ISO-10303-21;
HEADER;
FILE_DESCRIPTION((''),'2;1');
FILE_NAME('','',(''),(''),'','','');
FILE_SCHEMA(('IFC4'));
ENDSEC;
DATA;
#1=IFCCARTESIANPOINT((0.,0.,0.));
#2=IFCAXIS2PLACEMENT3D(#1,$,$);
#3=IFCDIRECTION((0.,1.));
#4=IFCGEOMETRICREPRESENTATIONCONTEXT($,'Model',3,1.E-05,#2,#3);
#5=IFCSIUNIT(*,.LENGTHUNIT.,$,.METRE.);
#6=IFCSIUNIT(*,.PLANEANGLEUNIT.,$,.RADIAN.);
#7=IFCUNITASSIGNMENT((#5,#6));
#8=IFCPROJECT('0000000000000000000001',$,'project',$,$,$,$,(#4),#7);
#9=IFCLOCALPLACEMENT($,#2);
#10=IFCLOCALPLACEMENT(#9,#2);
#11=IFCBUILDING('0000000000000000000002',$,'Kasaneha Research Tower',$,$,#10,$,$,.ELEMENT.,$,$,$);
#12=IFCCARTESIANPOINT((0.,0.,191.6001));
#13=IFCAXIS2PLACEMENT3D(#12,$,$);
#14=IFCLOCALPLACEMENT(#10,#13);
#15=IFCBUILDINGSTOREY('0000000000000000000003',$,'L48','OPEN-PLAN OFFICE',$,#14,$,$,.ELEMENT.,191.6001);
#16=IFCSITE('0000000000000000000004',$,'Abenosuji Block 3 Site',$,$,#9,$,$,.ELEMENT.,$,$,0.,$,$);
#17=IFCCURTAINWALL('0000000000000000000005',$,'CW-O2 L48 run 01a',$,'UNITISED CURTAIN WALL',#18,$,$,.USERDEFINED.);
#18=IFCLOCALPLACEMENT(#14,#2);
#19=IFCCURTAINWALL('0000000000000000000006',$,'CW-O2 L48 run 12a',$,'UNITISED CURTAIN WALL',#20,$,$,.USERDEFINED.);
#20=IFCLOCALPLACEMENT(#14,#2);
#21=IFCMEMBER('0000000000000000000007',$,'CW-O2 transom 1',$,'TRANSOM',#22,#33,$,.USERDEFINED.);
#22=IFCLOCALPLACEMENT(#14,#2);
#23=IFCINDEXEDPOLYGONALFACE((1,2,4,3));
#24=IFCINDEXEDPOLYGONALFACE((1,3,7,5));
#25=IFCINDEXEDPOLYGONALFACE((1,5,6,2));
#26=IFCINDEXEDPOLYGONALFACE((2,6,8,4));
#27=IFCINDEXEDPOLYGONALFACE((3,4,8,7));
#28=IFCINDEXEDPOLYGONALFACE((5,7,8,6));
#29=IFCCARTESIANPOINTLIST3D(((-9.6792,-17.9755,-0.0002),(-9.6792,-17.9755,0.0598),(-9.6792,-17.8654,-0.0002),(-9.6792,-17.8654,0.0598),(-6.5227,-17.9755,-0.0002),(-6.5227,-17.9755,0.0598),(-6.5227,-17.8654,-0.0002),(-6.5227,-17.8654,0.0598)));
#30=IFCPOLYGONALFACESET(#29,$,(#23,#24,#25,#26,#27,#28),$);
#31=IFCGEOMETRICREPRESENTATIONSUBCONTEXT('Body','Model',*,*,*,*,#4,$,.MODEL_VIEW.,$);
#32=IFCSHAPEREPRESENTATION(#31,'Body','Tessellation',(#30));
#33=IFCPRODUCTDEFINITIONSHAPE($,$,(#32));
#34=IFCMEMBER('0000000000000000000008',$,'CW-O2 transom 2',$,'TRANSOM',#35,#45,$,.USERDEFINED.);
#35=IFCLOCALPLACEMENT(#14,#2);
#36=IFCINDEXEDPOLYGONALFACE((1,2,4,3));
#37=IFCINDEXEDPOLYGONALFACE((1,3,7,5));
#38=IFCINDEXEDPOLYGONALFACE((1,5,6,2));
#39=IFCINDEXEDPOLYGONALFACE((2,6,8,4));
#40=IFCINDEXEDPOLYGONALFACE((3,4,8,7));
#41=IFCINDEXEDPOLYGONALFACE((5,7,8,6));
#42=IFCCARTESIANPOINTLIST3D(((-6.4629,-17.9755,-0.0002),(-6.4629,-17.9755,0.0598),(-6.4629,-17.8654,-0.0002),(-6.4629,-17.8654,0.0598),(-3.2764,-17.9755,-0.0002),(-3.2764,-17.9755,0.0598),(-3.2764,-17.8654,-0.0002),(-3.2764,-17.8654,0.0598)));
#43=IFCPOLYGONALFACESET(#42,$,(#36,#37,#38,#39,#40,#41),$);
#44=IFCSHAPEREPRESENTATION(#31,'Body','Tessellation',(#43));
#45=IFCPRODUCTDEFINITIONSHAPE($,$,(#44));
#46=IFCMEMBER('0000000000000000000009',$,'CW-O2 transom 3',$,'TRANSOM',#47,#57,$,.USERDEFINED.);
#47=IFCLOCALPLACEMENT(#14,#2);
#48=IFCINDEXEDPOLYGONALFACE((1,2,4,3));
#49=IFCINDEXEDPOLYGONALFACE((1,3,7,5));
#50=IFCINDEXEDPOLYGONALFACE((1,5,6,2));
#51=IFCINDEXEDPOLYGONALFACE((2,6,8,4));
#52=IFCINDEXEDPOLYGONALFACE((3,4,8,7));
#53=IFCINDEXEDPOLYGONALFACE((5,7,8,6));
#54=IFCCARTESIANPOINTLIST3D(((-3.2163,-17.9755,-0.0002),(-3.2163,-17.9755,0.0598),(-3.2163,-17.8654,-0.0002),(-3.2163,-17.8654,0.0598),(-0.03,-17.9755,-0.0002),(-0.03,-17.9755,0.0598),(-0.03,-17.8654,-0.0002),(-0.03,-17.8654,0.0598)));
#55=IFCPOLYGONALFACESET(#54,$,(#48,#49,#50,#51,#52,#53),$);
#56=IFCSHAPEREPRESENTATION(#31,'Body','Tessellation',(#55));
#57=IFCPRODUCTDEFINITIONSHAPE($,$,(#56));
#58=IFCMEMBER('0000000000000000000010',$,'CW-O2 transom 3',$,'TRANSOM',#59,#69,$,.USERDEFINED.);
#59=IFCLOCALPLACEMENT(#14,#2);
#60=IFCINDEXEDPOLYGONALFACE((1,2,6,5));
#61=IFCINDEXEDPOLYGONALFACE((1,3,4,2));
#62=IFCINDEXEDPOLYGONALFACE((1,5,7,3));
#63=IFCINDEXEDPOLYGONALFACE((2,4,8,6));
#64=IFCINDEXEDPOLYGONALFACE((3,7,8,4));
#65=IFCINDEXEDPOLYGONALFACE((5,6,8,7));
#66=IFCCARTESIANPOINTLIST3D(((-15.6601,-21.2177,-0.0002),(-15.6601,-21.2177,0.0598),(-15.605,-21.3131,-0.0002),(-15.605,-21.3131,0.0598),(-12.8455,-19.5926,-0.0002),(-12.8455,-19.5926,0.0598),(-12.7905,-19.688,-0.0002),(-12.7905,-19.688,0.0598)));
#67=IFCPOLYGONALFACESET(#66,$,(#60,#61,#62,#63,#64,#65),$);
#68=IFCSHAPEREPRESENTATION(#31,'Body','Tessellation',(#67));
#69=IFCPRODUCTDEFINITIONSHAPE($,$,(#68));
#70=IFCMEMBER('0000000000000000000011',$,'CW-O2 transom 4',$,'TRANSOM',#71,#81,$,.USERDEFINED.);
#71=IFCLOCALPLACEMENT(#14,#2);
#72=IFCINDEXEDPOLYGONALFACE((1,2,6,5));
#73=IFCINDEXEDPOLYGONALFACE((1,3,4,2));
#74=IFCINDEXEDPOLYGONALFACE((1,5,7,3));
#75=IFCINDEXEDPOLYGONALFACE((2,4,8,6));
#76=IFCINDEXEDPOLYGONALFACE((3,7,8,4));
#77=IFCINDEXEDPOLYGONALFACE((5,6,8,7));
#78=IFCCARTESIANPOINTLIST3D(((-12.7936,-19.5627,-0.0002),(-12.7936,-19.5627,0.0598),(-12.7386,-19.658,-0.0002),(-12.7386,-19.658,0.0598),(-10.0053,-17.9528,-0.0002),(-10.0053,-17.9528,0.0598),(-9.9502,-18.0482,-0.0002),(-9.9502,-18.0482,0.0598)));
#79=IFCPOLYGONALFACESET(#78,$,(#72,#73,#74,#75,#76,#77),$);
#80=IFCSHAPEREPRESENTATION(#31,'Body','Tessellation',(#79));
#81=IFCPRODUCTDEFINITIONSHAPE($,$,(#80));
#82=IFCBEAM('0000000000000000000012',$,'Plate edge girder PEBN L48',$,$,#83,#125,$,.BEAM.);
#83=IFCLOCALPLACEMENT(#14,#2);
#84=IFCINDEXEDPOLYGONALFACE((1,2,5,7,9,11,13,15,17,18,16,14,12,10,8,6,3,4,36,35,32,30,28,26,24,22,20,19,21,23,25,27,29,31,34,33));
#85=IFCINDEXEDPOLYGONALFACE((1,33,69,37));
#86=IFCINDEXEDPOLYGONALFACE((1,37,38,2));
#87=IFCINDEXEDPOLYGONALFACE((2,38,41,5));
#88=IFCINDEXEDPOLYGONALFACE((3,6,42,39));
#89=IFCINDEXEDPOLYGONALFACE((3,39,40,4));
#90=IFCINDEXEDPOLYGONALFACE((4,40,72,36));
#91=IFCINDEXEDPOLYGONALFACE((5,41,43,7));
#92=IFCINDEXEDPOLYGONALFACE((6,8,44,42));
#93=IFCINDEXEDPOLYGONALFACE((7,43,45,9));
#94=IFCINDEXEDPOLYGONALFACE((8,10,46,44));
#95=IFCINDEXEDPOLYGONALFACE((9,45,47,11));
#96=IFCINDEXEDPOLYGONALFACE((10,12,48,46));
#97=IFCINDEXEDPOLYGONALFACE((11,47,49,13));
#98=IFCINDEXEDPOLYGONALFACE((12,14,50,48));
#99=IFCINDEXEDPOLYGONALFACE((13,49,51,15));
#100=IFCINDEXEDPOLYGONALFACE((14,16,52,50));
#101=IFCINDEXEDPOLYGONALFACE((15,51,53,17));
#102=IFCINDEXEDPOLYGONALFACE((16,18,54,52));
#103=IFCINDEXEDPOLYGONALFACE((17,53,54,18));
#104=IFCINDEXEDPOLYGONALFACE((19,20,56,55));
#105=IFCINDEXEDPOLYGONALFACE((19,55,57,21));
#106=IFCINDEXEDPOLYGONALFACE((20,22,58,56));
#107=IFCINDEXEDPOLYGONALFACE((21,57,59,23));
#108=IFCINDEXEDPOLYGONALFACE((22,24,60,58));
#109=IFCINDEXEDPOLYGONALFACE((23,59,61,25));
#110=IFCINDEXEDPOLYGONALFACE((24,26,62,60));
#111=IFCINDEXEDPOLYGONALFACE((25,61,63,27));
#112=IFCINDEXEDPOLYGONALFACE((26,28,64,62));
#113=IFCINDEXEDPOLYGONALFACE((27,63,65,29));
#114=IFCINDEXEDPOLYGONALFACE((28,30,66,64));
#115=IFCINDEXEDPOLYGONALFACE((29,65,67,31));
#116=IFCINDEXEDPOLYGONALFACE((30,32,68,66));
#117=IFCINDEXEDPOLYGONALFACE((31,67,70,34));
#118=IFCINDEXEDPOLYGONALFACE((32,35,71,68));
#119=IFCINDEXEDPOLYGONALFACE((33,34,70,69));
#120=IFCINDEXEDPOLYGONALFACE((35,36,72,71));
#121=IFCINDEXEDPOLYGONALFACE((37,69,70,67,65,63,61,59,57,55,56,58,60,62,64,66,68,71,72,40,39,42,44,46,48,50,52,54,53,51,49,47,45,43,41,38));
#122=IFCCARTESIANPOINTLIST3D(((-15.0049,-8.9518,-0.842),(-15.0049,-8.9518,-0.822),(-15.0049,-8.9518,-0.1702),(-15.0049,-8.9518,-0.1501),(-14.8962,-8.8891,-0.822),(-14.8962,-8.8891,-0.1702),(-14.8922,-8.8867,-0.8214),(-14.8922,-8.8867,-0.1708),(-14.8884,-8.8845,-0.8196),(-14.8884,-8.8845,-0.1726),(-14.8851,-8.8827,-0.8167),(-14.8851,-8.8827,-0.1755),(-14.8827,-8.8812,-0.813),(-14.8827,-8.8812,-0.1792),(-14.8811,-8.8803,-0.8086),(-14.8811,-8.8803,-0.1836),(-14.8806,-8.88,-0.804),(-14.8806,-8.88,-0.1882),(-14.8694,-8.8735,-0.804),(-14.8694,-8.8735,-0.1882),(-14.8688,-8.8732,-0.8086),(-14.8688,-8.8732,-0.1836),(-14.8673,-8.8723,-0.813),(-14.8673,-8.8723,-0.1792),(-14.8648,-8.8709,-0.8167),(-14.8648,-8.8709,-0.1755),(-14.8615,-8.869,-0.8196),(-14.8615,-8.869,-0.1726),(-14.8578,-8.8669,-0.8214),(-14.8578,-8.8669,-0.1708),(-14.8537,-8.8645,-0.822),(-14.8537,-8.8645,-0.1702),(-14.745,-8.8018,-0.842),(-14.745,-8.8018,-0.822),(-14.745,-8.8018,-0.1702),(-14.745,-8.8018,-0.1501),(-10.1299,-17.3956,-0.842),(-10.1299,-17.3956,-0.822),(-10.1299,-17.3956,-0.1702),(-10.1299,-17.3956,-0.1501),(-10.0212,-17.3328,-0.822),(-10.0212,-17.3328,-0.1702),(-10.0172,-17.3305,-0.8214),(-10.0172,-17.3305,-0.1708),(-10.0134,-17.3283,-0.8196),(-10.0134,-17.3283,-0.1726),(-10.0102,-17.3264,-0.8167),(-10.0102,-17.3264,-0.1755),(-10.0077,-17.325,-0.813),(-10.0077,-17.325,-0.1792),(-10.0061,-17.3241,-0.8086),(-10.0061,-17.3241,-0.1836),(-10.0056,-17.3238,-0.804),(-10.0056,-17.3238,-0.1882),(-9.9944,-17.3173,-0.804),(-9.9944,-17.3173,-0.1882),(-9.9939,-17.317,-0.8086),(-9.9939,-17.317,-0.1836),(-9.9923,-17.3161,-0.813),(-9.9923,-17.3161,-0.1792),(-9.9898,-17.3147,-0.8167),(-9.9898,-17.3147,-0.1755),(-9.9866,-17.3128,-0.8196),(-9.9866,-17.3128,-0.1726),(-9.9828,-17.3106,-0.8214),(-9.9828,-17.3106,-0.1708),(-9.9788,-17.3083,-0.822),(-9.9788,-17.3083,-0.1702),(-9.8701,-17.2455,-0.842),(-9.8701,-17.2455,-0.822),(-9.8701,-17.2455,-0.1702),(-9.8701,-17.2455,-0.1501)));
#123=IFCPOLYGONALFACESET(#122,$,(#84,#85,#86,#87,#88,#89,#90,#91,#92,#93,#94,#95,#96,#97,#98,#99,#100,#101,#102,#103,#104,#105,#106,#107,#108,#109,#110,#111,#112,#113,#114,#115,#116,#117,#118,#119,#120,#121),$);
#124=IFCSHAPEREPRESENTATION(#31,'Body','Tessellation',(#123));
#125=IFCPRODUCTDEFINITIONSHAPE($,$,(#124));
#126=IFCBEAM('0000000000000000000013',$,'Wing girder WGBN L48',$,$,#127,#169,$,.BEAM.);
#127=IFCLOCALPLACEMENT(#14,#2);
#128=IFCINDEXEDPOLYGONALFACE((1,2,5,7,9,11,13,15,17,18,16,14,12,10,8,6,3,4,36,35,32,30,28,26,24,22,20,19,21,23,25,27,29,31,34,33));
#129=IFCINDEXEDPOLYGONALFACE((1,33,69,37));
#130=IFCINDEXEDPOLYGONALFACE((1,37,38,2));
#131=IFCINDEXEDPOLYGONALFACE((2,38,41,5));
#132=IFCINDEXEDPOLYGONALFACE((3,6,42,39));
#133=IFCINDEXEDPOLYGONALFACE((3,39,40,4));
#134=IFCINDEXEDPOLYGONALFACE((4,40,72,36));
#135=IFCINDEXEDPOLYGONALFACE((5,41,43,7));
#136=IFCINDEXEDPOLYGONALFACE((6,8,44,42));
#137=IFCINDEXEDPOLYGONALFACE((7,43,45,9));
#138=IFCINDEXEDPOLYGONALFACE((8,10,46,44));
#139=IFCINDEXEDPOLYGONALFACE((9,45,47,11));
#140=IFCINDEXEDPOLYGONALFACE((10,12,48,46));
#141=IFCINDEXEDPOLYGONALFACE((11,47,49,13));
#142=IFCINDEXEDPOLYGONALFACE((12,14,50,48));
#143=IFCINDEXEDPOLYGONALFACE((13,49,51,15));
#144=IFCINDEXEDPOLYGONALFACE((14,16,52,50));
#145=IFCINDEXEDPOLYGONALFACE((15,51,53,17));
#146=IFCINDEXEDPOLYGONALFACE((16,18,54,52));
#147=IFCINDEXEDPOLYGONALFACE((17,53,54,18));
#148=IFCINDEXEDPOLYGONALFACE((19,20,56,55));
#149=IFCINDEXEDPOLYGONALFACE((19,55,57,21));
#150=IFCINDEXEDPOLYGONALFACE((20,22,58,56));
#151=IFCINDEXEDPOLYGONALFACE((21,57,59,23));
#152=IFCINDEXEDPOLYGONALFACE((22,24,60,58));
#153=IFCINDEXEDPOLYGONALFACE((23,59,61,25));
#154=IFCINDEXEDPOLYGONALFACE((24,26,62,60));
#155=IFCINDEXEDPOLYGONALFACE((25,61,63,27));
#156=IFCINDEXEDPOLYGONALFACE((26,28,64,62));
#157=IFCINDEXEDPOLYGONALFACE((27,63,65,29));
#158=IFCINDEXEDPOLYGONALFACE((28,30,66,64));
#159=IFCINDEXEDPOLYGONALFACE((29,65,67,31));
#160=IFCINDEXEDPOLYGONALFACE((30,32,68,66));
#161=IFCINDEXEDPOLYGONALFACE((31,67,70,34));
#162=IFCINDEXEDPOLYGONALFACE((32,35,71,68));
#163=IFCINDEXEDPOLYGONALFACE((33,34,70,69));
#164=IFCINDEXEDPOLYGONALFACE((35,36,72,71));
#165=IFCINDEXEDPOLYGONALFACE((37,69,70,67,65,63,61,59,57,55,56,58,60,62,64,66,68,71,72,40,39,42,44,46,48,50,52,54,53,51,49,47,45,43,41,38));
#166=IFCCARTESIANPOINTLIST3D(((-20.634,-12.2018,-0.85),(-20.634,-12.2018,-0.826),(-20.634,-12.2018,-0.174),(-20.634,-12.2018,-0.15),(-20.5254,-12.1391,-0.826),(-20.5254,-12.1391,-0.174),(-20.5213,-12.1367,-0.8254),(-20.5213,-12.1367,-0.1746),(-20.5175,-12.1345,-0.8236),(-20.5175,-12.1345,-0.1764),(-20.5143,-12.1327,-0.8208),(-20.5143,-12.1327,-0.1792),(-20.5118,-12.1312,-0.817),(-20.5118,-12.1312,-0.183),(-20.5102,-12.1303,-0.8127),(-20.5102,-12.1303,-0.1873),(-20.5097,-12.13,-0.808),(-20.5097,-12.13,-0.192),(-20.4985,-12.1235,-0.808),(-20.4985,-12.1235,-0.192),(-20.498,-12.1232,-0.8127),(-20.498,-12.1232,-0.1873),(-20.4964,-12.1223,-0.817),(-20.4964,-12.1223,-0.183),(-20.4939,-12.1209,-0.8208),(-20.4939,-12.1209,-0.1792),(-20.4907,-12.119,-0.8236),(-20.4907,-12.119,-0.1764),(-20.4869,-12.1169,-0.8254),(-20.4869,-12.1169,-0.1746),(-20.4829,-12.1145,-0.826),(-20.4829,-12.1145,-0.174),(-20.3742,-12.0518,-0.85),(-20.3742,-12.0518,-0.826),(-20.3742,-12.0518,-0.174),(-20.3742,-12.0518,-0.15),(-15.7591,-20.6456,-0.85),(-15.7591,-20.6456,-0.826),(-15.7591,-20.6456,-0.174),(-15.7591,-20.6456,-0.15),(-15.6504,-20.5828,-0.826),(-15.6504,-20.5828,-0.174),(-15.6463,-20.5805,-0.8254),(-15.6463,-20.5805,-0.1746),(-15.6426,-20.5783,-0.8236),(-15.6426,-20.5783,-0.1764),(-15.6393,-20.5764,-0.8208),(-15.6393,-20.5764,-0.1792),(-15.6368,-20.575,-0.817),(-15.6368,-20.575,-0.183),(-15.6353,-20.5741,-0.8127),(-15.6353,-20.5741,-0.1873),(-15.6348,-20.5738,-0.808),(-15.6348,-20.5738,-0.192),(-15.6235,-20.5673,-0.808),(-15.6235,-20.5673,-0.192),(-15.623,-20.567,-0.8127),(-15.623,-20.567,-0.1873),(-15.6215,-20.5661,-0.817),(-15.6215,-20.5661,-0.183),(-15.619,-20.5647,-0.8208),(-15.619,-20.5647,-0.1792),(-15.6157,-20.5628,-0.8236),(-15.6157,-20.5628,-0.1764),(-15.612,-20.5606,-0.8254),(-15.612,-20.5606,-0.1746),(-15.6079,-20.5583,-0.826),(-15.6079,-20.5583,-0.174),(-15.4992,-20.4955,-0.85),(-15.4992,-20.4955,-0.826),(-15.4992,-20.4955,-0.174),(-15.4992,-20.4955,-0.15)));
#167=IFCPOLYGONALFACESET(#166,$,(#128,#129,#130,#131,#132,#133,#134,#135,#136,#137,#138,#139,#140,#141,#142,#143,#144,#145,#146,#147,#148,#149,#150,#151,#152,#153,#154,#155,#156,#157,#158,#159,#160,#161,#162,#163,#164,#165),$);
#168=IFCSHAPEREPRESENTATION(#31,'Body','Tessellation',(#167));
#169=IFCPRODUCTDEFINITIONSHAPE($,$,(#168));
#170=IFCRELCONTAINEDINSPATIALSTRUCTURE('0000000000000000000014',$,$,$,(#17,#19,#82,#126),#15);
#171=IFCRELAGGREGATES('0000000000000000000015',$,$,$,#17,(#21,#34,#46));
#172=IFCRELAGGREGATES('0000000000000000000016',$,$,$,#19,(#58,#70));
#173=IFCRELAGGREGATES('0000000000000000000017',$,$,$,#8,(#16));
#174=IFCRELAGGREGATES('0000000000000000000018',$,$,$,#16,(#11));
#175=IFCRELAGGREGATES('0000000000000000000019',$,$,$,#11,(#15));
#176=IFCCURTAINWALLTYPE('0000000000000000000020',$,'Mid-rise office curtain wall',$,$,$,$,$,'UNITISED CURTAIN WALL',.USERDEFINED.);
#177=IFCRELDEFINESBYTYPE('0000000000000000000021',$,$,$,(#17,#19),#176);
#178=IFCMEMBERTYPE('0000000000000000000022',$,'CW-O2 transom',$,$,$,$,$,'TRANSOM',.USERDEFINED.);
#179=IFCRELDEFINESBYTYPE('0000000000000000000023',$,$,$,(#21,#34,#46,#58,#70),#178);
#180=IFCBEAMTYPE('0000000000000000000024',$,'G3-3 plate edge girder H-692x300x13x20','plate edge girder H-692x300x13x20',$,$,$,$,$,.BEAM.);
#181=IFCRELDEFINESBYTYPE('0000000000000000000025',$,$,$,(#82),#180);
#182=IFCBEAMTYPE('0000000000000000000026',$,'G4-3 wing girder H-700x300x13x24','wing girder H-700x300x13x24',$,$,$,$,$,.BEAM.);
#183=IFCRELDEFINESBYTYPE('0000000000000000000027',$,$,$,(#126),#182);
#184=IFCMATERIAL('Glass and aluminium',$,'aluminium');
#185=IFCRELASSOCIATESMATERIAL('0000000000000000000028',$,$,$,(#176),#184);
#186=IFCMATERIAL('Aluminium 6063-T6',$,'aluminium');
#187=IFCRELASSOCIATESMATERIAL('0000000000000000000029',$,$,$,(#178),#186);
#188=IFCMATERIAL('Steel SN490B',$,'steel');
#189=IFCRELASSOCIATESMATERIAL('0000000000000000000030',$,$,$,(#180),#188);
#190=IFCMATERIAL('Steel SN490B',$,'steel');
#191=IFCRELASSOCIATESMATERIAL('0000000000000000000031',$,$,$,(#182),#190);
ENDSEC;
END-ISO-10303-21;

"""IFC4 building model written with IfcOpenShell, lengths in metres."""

from ifc_helpers import new_model, si_unit, direction, frame, origin, origin_2d, place, context, subcontext, project, spatial, rectangle, i_section, extrude, material, material_profile, profile_set, type_object, element, aggregate, save


model = new_model("IFC4")

# Units and contexts
model_context = context("Model", 3, precision=1e-05, world=origin(), true_north=direction((0.0, 1.0)))
body_context = subcontext(model_context, "Body", "Model", "MODEL_VIEW")
ifc_project = project(units=[si_unit("LENGTHUNIT", "METRE"), si_unit("PLANEANGLEUNIT", "RADIAN")], contexts=[model_context])

# Site, building, storey
site_placement = place(None, origin())
site = spatial("IfcSite", under=ifc_project, at=site_placement, Name="Abenosuji Block 3 Site", CompositionType="ELEMENT", RefElevation=0.0)
building_placement = place(site_placement, origin())
building = spatial("IfcBuilding", under=site, at=building_placement, Name="Kasaneha Research Tower", CompositionType="ELEMENT")
storey_placement = place(building_placement, frame((0.0, 0.0, 191.6001)))
storey = spatial("IfcBuildingStorey", under=building, at=storey_placement, Name="L48", Description="OPEN-PLAN OFFICE", CompositionType="ELEMENT", Elevation=191.6001)

# Curtain walls
ifc_material_1 = material(Name="Glass and aluminium", Category="aluminium")
curtain_wall_type = type_object("IfcCurtainWallType", Name="Mid-rise office curtain wall", ElementType="UNITISED CURTAIN WALL", PredefinedType="USERDEFINED", material=ifc_material_1)
curtain_wall_1_placement = place(storey_placement, origin())
curtain_wall_1 = element("IfcCurtainWall", 1, at=curtain_wall_1_placement, inside=storey, type_object=curtain_wall_type, Name="CW-O2 L48 run 01a", ObjectType="UNITISED CURTAIN WALL", PredefinedType="USERDEFINED")
curtain_wall_2_placement = place(storey_placement, origin())
curtain_wall_2 = element("IfcCurtainWall", 2, at=curtain_wall_2_placement, inside=storey, type_object=curtain_wall_type, Name="CW-O2 L48 run 12a", ObjectType="UNITISED CURTAIN WALL", PredefinedType="USERDEFINED")

# Members
ifc_material_2 = material(Name="Aluminium 6063-T6", Category="aluminium")
ifc_material_profile_1 = material_profile(ifc_material_2, rectangle(XDim=0.1101, YDim=0.0601, at=origin_2d()), Name="CW-O2 transom 110x60")
ifc_profile_set_1 = profile_set([ifc_material_profile_1], Name="Aluminium 6063-T6")
member_type_1 = type_object("IfcMemberType", Name="CW-O2 transom", ElementType="TRANSOM", PredefinedType="USERDEFINED", material=ifc_profile_set_1)
member_1_placement = place(storey_placement, frame((-9.6792, -17.9204, 0.0298), z_axis=(1.0, 0.0, 0.0), x_axis=(0.0, 1.0, 0.0)))
member_1 = element("IfcMember", 3, at=member_1_placement, type_object=member_type_1, Name="CW-O2 transom 1", ObjectType="TRANSOM", PredefinedType="USERDEFINED", context=body_context, shape_type="SweptSolid", body=[
    extrude(rectangle(XDim=0.1101, YDim=0.0601, at=origin_2d()), origin(), (0.0, 0.0, 1.0), 3.1565),
])
member_2_placement = place(storey_placement, frame((-6.4629, -17.9204, 0.0298), z_axis=(1.0, 0.0, 0.0), x_axis=(0.0, 1.0, 0.0)))
member_2 = element("IfcMember", 4, at=member_2_placement, type_object=member_type_1, Name="CW-O2 transom 2", ObjectType="TRANSOM", PredefinedType="USERDEFINED", context=body_context, shape_type="SweptSolid", body=[
    extrude(rectangle(XDim=0.1101, YDim=0.0601, at=origin_2d()), origin(), (0.0, 0.0, 1.0), 3.1865),
])
member_3_placement = place(storey_placement, frame((-3.2163, -17.9204, 0.0298), z_axis=(1.0, 0.0, 0.0), x_axis=(0.0, 1.0, 0.0)))
member_3 = element("IfcMember", 5, at=member_3_placement, type_object=member_type_1, Name="CW-O2 transom 3", ObjectType="TRANSOM", PredefinedType="USERDEFINED", context=body_context, shape_type="SweptSolid", body=[
    extrude(rectangle(XDim=0.1101, YDim=0.0601, at=origin_2d()), origin(), (0.0, 0.0, 1.0), 3.1863),
])
member_4_placement = place(storey_placement, frame((-15.6326, -21.2654, 0.0298), z_axis=(0.866015, 0.500017, 0.0), x_axis=(-0.500017, 0.866015, 0.0)))
member_4 = element("IfcMember", 6, at=member_4_placement, type_object=member_type_1, Name="CW-O2 transom 3", ObjectType="TRANSOM", PredefinedType="USERDEFINED", context=body_context, shape_type="SweptSolid", body=[
    extrude(rectangle(XDim=0.1101, YDim=0.0601, at=origin_2d()), origin(), (0.0, 0.0, 1.0), 3.25),
])
member_5_placement = place(storey_placement, frame((-12.7661, -19.6104, 0.0298), z_axis=(0.866023, 0.500005, 0.0), x_axis=(-0.500005, 0.866023, 0.0)))
member_5 = element("IfcMember", 7, at=member_5_placement, type_object=member_type_1, Name="CW-O2 transom 4", ObjectType="TRANSOM", PredefinedType="USERDEFINED", context=body_context, shape_type="SweptSolid", body=[
    extrude(rectangle(XDim=0.1101, YDim=0.0601, at=origin_2d()), origin(), (0.0, 0.0, 1.0), 3.2197),
])

# Beams
ifc_material_3 = material(Name="Steel SN490B", Category="steel")
ifc_material_profile_2 = material_profile(ifc_material_3, i_section(OverallWidth=0.3, OverallDepth=0.6919, WebThickness=0.0129, FlangeThickness=0.02, FilletRadius=0.0181, at=origin_2d()), Name="H-692x300x13x20")
ifc_profile_set_2 = profile_set([ifc_material_profile_2], Name="Steel SN490B")
beam_type_1 = type_object("IfcBeamType", Name="G3-3 plate edge girder H-692x300x13x20", Description="plate edge girder H-692x300x13x20", PredefinedType="BEAM", material=ifc_profile_set_2)
beam_1_placement = place(storey_placement, frame((-10.0, -17.3206, -0.4961), z_axis=(-0.499996, 0.866028, 0.0), x_axis=(-0.866028, -0.499996, 0.0)))
element("IfcBeam", 8, at=beam_1_placement, inside=storey, type_object=beam_type_1, Name="Plate edge girder PEBN L48", PredefinedType="BEAM", context=body_context, shape_type="SweptSolid", body=[
    extrude(i_section(OverallWidth=0.3, OverallDepth=0.6919, WebThickness=0.0129, FlangeThickness=0.02, FilletRadius=0.0181, at=origin_2d()), origin(), (0.0, 0.0, 1.0), 9.75),
])
ifc_material_4 = material(Name="Steel SN490B", Category="steel")
ifc_material_profile_3 = material_profile(ifc_material_4, i_section(OverallWidth=0.3, OverallDepth=0.7, WebThickness=0.0129, FlangeThickness=0.0239, FilletRadius=0.0181, at=origin_2d()), Name="H-700x300x13x24")
ifc_profile_set_3 = profile_set([ifc_material_profile_3], Name="Steel SN490B")
beam_type_2 = type_object("IfcBeamType", Name="G4-3 wing girder H-700x300x13x24", Description="wing girder H-700x300x13x24", PredefinedType="BEAM", material=ifc_profile_set_3)
beam_2_placement = place(storey_placement, frame((-15.6292, -20.5706, -0.5), z_axis=(-0.499996, 0.866028, 0.0), x_axis=(-0.866028, -0.499996, 0.0)))
element("IfcBeam", 9, at=beam_2_placement, inside=storey, type_object=beam_type_2, Name="Wing girder WGBN L48", PredefinedType="BEAM", context=body_context, shape_type="SweptSolid", body=[
    extrude(i_section(OverallWidth=0.3, OverallDepth=0.7, WebThickness=0.0129, FlangeThickness=0.0239, FilletRadius=0.0181, at=origin_2d()), origin(), (0.0, 0.0, 1.0), 9.75),
])

aggregate(curtain_wall_1, [member_1, member_2, member_3])
aggregate(curtain_wall_2, [member_4, member_5])

save(model, "model.ifc")
